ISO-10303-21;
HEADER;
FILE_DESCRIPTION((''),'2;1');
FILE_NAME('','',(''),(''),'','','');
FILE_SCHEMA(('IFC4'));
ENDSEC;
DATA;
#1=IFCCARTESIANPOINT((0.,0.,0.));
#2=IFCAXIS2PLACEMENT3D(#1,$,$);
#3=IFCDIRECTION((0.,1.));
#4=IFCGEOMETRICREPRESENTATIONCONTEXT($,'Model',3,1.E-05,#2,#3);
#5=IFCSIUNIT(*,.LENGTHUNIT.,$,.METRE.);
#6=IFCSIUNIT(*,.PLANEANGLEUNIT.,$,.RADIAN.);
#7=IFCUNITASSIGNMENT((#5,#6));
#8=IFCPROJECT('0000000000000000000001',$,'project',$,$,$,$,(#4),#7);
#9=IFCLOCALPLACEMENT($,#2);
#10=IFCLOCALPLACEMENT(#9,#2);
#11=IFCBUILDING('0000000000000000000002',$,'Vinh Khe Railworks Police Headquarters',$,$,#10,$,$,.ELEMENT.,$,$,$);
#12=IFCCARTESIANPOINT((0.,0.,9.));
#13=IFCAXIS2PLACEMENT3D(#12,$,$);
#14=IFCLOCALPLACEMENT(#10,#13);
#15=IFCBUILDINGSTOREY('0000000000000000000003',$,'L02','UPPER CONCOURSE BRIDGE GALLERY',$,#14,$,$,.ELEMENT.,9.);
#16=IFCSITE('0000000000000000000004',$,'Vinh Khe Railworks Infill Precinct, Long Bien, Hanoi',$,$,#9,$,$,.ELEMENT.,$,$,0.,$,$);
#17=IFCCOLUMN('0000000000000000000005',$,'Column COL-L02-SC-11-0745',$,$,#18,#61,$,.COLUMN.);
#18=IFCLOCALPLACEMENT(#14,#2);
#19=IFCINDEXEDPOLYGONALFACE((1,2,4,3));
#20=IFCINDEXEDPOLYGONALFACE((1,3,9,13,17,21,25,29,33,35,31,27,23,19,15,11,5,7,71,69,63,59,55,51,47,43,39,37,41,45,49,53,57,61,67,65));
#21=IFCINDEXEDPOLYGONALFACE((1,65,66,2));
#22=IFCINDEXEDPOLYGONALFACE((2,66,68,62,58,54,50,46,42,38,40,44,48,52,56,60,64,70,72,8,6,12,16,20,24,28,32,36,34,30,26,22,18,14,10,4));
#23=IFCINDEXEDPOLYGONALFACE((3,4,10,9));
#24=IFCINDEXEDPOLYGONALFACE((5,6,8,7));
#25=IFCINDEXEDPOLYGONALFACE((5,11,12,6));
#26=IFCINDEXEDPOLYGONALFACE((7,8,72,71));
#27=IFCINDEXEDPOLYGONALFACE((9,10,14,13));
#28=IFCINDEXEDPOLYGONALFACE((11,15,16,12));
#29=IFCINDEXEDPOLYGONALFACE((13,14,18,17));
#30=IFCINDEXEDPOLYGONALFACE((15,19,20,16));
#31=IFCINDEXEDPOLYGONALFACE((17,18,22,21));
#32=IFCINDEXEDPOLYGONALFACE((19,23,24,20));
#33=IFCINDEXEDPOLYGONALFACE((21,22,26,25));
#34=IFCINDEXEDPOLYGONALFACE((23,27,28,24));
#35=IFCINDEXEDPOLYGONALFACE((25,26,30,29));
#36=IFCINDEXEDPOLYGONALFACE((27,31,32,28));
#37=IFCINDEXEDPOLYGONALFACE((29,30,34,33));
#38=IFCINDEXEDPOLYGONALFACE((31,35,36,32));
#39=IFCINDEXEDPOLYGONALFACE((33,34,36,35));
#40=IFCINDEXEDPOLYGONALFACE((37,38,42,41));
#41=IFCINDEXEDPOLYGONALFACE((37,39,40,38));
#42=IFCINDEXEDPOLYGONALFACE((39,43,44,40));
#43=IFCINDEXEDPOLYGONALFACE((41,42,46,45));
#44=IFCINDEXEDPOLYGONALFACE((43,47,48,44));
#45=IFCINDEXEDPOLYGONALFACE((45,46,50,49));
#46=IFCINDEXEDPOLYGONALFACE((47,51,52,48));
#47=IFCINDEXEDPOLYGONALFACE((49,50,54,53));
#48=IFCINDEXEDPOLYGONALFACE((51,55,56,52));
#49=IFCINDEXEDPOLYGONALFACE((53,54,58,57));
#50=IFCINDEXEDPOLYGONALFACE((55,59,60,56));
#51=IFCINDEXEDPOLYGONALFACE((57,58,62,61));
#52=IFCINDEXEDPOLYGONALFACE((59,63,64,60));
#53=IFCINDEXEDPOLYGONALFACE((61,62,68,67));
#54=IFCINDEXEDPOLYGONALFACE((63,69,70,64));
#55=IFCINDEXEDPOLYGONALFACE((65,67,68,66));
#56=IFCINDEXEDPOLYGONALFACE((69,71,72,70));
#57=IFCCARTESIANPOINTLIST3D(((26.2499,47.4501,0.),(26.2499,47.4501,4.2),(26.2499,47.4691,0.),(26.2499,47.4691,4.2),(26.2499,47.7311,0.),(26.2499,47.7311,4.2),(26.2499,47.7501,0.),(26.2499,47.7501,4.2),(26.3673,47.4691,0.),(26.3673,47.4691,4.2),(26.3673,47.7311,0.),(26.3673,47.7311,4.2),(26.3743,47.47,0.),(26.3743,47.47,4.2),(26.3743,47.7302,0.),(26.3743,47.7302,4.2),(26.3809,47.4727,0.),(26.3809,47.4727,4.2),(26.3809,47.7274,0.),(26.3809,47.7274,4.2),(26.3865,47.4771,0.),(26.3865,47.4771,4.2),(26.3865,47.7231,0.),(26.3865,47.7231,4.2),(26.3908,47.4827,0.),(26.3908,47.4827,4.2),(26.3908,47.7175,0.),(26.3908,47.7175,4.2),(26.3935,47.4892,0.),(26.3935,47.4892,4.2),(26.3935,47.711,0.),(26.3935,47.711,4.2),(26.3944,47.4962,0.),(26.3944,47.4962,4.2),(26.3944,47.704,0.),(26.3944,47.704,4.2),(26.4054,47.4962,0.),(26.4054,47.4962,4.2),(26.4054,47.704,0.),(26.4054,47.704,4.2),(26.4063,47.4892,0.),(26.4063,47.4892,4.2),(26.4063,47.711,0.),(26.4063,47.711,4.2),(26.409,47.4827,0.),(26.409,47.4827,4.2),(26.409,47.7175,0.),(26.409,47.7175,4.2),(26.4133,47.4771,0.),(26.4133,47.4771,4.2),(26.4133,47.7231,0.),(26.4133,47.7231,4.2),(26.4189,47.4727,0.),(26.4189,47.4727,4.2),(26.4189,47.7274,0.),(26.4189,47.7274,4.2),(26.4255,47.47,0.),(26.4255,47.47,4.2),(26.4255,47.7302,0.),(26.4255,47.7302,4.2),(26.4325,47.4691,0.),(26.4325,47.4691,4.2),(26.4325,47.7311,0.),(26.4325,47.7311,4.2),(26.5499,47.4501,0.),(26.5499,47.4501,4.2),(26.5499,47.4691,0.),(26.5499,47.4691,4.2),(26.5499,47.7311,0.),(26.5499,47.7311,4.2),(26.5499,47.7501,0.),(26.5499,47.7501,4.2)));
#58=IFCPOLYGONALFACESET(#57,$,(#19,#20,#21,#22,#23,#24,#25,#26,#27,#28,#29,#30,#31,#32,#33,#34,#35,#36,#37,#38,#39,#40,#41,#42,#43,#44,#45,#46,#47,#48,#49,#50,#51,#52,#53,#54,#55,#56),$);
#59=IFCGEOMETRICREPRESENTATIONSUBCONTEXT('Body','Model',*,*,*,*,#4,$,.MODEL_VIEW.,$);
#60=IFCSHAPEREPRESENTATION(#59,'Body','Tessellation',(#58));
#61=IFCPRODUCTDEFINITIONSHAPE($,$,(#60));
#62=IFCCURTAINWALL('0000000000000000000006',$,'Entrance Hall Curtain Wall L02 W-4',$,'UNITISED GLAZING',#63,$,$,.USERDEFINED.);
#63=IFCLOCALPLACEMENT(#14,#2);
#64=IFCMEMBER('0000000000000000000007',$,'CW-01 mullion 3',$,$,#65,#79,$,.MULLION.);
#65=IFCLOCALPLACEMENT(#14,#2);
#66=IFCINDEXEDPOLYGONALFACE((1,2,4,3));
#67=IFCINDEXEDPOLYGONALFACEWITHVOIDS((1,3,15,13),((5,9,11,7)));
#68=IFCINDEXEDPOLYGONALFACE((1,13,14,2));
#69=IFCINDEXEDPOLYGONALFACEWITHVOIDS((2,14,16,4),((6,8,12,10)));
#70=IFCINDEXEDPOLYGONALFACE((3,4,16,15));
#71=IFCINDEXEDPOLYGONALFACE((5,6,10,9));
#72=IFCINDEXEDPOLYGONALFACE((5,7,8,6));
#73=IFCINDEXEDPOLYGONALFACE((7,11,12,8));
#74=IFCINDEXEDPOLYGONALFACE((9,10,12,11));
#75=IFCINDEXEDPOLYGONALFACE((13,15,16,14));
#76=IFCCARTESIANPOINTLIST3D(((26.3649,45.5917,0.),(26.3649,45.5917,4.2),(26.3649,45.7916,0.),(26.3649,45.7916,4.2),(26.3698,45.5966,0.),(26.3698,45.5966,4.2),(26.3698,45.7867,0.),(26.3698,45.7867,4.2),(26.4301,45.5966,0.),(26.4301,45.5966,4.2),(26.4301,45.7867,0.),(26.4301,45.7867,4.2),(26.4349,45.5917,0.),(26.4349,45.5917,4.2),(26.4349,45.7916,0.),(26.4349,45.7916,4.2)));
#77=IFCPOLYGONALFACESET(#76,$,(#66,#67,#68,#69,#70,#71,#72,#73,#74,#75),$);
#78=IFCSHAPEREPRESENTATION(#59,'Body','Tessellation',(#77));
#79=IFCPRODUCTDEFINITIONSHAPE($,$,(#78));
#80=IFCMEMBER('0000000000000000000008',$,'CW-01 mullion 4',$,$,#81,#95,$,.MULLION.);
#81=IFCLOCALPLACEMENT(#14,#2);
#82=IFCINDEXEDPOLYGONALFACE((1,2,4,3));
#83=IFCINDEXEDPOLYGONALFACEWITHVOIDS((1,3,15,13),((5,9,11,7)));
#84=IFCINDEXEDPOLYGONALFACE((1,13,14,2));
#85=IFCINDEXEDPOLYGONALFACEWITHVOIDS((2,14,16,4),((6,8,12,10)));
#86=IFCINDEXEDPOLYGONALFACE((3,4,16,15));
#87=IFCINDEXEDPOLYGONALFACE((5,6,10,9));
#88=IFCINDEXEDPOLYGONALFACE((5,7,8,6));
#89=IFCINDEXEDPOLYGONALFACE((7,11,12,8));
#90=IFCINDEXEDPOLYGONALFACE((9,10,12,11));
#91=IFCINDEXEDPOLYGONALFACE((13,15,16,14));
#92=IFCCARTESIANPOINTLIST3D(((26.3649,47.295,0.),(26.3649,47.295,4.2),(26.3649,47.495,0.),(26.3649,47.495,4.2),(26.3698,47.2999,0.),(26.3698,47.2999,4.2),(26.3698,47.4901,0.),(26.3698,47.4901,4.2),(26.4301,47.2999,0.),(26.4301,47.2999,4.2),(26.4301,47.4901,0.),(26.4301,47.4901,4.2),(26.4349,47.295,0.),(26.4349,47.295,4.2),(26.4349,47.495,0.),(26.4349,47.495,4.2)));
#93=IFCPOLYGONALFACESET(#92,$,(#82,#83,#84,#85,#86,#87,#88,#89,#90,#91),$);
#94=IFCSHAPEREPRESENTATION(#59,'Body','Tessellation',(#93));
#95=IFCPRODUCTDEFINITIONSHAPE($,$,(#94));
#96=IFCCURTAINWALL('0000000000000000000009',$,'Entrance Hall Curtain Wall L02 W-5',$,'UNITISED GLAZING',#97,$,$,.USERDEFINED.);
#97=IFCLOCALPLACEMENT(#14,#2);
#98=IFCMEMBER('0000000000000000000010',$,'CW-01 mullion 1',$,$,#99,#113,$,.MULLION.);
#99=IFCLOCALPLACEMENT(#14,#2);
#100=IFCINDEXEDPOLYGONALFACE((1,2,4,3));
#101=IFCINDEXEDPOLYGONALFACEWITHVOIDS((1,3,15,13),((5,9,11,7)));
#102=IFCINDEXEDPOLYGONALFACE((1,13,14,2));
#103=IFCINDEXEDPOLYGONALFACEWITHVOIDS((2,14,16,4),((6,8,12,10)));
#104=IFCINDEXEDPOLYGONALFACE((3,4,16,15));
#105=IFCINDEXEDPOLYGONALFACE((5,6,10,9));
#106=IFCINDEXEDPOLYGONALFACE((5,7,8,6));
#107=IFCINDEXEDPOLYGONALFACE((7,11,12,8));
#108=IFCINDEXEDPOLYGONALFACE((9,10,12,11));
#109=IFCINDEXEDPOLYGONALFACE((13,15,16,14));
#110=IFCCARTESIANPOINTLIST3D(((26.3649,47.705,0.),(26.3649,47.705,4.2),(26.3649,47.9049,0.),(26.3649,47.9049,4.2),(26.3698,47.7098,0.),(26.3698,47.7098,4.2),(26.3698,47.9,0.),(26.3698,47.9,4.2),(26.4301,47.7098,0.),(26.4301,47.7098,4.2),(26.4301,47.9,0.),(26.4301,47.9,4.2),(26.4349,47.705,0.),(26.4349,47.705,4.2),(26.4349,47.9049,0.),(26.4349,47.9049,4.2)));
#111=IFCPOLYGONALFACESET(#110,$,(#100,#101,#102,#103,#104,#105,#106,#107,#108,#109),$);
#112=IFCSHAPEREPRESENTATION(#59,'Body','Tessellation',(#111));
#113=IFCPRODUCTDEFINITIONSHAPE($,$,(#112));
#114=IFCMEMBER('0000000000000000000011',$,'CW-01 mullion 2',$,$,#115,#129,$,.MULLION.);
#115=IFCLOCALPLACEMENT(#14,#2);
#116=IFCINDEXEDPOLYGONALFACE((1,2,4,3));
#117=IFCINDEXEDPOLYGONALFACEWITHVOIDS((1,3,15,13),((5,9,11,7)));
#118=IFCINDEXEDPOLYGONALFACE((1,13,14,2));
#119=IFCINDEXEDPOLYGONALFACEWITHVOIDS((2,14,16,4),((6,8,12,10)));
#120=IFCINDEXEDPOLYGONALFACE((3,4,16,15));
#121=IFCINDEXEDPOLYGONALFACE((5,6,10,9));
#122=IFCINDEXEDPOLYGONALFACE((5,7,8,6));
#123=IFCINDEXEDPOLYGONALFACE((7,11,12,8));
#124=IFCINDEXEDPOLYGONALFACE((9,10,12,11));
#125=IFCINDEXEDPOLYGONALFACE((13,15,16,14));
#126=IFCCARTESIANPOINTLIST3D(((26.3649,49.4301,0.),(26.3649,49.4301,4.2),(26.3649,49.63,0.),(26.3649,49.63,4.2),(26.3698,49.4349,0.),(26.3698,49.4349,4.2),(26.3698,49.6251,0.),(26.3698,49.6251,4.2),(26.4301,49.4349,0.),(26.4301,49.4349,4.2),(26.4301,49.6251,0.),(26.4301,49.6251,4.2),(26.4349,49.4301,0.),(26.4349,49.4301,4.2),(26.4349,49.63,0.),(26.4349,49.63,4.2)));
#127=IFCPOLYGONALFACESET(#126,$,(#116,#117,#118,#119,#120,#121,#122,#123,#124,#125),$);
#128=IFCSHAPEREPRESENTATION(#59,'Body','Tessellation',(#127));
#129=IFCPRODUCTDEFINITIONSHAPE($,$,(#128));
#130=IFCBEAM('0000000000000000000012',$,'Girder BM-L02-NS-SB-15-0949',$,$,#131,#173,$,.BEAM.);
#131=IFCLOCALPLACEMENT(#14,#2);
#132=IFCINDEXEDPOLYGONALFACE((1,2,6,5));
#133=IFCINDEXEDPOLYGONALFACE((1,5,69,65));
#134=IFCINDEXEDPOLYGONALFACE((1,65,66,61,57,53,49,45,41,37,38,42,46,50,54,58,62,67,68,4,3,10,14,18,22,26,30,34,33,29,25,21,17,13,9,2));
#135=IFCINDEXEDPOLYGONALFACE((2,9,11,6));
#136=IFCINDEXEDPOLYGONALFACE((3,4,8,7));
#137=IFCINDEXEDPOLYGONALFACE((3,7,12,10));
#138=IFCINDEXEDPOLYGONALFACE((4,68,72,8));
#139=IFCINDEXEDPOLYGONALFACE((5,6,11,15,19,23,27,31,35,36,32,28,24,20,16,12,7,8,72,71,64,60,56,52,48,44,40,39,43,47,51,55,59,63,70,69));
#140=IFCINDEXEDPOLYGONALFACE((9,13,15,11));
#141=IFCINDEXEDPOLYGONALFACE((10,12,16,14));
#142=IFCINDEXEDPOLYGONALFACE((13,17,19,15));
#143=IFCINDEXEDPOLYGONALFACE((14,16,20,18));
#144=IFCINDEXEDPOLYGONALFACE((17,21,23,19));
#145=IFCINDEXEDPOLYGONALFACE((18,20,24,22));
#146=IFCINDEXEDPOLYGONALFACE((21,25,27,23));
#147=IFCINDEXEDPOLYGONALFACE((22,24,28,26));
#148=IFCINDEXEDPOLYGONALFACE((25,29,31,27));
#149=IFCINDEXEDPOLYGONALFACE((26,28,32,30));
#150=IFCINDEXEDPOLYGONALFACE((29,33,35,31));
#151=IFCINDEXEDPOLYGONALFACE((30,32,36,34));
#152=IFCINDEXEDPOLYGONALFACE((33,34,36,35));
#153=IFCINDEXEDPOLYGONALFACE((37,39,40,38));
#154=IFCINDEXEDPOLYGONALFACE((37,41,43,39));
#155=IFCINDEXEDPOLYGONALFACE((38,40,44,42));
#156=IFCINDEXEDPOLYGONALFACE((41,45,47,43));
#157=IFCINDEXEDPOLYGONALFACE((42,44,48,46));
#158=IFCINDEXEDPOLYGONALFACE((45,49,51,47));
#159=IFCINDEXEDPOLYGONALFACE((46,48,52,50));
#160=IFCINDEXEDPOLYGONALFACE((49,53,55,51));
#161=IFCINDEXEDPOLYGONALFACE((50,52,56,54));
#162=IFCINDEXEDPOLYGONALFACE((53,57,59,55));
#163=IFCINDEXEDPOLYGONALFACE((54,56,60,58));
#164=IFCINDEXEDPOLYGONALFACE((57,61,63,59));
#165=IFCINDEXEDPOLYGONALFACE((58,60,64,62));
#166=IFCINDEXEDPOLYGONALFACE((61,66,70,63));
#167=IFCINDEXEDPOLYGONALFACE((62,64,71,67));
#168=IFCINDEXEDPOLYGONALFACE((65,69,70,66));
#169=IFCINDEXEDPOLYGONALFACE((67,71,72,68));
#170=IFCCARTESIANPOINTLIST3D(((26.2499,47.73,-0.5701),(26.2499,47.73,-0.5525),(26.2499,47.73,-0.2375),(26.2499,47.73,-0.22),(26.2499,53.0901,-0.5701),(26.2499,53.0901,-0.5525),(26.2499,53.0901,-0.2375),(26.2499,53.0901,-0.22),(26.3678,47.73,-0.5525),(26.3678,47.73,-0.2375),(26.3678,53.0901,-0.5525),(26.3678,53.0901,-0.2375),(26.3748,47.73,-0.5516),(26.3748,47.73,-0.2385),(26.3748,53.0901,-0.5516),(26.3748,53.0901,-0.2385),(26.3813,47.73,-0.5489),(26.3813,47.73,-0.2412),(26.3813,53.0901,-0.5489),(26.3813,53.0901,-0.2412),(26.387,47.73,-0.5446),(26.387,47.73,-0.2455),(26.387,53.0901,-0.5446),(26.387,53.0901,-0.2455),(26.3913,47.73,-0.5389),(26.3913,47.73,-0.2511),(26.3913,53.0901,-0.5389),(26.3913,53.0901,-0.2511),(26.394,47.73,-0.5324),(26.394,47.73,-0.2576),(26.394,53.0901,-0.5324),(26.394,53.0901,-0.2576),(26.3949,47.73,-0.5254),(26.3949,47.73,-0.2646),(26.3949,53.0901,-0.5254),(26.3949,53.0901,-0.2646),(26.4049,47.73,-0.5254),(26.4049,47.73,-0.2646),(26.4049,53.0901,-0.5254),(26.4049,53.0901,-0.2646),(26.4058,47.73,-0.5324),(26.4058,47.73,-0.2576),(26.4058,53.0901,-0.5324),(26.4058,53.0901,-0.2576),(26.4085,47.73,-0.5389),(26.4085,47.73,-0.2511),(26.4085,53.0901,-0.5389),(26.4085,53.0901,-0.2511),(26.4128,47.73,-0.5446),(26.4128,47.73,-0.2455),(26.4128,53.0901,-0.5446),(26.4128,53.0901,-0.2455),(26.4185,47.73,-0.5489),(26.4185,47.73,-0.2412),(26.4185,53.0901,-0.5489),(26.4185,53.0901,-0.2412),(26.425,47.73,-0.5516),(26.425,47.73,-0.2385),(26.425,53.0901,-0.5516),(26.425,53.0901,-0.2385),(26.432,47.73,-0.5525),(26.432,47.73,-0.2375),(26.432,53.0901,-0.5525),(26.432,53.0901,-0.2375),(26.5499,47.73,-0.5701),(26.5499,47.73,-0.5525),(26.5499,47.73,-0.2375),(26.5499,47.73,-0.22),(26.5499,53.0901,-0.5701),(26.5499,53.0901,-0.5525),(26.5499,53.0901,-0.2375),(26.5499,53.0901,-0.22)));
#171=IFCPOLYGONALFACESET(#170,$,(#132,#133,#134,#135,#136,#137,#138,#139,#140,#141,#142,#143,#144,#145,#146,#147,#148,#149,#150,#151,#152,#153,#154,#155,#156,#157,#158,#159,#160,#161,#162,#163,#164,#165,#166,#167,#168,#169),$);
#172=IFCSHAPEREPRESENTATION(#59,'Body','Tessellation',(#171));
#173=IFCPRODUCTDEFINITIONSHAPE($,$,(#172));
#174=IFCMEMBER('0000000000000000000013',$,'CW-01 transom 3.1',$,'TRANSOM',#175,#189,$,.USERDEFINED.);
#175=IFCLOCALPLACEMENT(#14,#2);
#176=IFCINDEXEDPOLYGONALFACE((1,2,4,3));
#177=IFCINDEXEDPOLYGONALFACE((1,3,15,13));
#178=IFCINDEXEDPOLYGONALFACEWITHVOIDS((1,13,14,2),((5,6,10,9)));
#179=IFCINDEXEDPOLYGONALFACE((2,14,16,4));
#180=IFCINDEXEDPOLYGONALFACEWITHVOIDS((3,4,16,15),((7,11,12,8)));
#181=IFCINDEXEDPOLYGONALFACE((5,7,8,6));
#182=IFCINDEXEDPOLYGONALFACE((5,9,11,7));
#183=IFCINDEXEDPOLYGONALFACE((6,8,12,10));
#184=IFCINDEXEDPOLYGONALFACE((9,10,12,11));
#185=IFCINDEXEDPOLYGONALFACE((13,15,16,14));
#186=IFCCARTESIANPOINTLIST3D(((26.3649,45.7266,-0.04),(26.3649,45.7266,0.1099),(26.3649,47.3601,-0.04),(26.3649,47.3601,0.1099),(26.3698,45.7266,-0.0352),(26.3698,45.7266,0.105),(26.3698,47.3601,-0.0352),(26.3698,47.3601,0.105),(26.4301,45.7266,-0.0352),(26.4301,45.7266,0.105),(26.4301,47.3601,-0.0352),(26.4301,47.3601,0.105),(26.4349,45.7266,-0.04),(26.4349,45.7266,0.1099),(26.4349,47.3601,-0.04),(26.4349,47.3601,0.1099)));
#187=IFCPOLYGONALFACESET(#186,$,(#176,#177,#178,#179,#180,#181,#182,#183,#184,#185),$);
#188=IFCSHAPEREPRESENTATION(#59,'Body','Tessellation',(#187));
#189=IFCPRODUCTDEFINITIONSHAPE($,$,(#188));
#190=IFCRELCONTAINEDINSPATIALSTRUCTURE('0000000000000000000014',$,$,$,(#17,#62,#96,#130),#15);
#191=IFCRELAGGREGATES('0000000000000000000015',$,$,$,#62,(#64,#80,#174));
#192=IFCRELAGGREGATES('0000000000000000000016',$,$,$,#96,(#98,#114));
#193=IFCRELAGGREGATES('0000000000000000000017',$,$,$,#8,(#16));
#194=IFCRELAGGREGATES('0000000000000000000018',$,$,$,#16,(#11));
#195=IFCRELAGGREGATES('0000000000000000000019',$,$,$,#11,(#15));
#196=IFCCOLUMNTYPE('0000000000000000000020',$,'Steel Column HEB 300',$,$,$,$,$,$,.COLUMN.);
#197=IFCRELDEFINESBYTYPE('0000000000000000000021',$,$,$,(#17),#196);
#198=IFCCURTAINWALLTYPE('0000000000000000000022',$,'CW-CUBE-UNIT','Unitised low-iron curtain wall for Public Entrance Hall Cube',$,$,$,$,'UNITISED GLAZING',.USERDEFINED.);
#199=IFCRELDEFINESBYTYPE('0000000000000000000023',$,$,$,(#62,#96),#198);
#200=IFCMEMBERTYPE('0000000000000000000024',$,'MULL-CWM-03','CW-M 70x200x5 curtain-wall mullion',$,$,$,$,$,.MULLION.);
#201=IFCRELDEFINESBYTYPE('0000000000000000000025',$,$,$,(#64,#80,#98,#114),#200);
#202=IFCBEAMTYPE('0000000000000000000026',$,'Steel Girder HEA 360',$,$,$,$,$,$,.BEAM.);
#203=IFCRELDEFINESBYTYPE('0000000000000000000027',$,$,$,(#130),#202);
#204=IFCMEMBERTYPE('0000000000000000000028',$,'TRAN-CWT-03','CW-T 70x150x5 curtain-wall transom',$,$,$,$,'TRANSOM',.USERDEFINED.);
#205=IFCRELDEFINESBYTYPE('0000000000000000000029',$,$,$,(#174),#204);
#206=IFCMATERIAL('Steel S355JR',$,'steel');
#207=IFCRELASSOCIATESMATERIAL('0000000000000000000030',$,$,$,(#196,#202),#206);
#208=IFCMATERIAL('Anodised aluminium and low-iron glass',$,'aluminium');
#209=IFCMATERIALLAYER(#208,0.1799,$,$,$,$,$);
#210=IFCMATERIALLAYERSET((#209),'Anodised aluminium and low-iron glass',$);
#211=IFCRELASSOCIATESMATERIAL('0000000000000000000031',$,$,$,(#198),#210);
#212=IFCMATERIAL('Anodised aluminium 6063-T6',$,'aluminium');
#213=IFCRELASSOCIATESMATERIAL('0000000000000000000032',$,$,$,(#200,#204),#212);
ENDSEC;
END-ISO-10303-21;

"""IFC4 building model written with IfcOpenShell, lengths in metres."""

from ifc_helpers import new_model, si_unit, direction, frame, origin, origin_2d, place, context, subcontext, project, spatial, hollow_rectangle, i_section, extrude, material, layer, layer_set, material_profile, profile_set, type_object, element, aggregate, save


model = new_model("IFC4")

# Units and contexts
model_context = context("Model", 3, precision=1e-05, world=origin(), true_north=direction((0.0, 1.0)))
body_context = subcontext(model_context, "Body", "Model", "MODEL_VIEW")
ifc_project = project(units=[si_unit("LENGTHUNIT", "METRE"), si_unit("PLANEANGLEUNIT", "RADIAN")], contexts=[model_context])

# Site, building, storey
site_placement = place(None, origin())
site = spatial("IfcSite", under=ifc_project, at=site_placement, Name="Vinh Khe Railworks Infill Precinct, Long Bien, Hanoi", CompositionType="ELEMENT", RefElevation=0.0)
building_placement = place(site_placement, origin())
building = spatial("IfcBuilding", under=site, at=building_placement, Name="Vinh Khe Railworks Police Headquarters", CompositionType="ELEMENT")
storey_placement = place(building_placement, frame((0.0, 0.0, 9.0)))
storey = spatial("IfcBuildingStorey", under=building, at=storey_placement, Name="L02", Description="UPPER CONCOURSE BRIDGE GALLERY", CompositionType="ELEMENT", Elevation=9.0)

# Column
ifc_material_1 = material(Name="Steel S355JR", Category="steel")
ifc_material_profile_1 = material_profile(ifc_material_1, i_section(OverallWidth=0.3, OverallDepth=0.3, WebThickness=0.011, FlangeThickness=0.019, FilletRadius=0.0271, at=origin_2d()), Name="HEB 300")
ifc_profile_set_1 = profile_set([ifc_material_profile_1], Name="Steel S355JR")
column_type = type_object("IfcColumnType", Name="Steel Column HEB 300", PredefinedType="COLUMN", material=ifc_profile_set_1)
column_placement = place(storey_placement, frame((26.3999, 47.6001, 0.0), z_axis=(0.0, 0.0, 1.0), x_axis=(1.0, 0.0, 0.0)))
element("IfcColumn", 1, at=column_placement, inside=storey, type_object=column_type, Name="Column COL-L02-SC-11-0745", PredefinedType="COLUMN", context=body_context, shape_type="SweptSolid", body=[
    extrude(i_section(OverallWidth=0.3, OverallDepth=0.3, WebThickness=0.011, FlangeThickness=0.019, FilletRadius=0.0271, at=origin_2d()), origin(), (0.0, 0.0, 1.0), 4.2),
])

# Curtain walls, members
ifc_material_2 = material(Name="Anodised aluminium and low-iron glass", Category="aluminium")
ifc_layer_1 = layer(ifc_material_2, 0.1799)
ifc_layer_set_1 = layer_set([ifc_layer_1], Name="Anodised aluminium and low-iron glass")
curtain_wall_type = type_object("IfcCurtainWallType", Name="CW-CUBE-UNIT", Description="Unitised low-iron curtain wall for Public Entrance Hall Cube", ElementType="UNITISED GLAZING", PredefinedType="USERDEFINED", material=ifc_layer_set_1)
curtain_wall_1_placement = place(storey_placement, origin())
curtain_wall_1 = element("IfcCurtainWall", 2, at=curtain_wall_1_placement, inside=storey, type_object=curtain_wall_type, Name="Entrance Hall Curtain Wall L02 W-4", ObjectType="UNITISED GLAZING", PredefinedType="USERDEFINED")
ifc_material_3 = material(Name="Anodised aluminium 6063-T6", Category="aluminium")
ifc_material_profile_2 = material_profile(ifc_material_3, hollow_rectangle(XDim=0.0701, YDim=0.2, WallThickness=0.0049, at=origin_2d()), Name="CW-M 70x200x5")
ifc_profile_set_2 = profile_set([ifc_material_profile_2], Name="Anodised aluminium 6063-T6")
member_type_1 = type_object("IfcMemberType", Name="MULL-CWM-03", Description="CW-M 70x200x5 curtain-wall mullion", PredefinedType="MULLION", material=ifc_profile_set_2)
member_1_placement = place(storey_placement, frame((26.3999, 45.6917, 0.0), z_axis=(0.0, 0.0, 1.0), x_axis=(-1.0, 0.0, 0.0)))
member_1 = element("IfcMember", 3, at=member_1_placement, type_object=member_type_1, Name="CW-01 mullion 3", PredefinedType="MULLION", context=body_context, shape_type="SweptSolid", body=[
    extrude(hollow_rectangle(XDim=0.0701, YDim=0.2, WallThickness=0.0049, at=origin_2d()), origin(), (0.0, 0.0, 1.0), 4.2),
])
member_2_placement = place(storey_placement, frame((26.3999, 47.395, 0.0), z_axis=(0.0, 0.0, 1.0), x_axis=(-1.0, 0.0, 0.0)))
member_2 = element("IfcMember", 4, at=member_2_placement, type_object=member_type_1, Name="CW-01 mullion 4", PredefinedType="MULLION", context=body_context, shape_type="SweptSolid", body=[
    extrude(hollow_rectangle(XDim=0.0701, YDim=0.2, WallThickness=0.0049, at=origin_2d()), origin(), (0.0, 0.0, 1.0), 4.2),
])
curtain_wall_2_placement = place(storey_placement, origin())
curtain_wall_2 = element("IfcCurtainWall", 5, at=curtain_wall_2_placement, inside=storey, type_object=curtain_wall_type, Name="Entrance Hall Curtain Wall L02 W-5", ObjectType="UNITISED GLAZING", PredefinedType="USERDEFINED")
member_3_placement = place(storey_placement, frame((26.3999, 47.8049, 0.0), z_axis=(0.0, 0.0, 1.0), x_axis=(-1.0, 0.0, 0.0)))
member_3 = element("IfcMember", 6, at=member_3_placement, type_object=member_type_1, Name="CW-01 mullion 1", PredefinedType="MULLION", context=body_context, shape_type="SweptSolid", body=[
    extrude(hollow_rectangle(XDim=0.0701, YDim=0.2, WallThickness=0.0049, at=origin_2d()), origin(), (0.0, 0.0, 1.0), 4.2),
])
member_4_placement = place(storey_placement, frame((26.3999, 49.53, 0.0), z_axis=(0.0, 0.0, 1.0), x_axis=(-1.0, 0.0, 0.0)))
member_4 = element("IfcMember", 7, at=member_4_placement, type_object=member_type_1, Name="CW-01 mullion 2", PredefinedType="MULLION", context=body_context, shape_type="SweptSolid", body=[
    extrude(hollow_rectangle(XDim=0.0701, YDim=0.2, WallThickness=0.0049, at=origin_2d()), origin(), (0.0, 0.0, 1.0), 4.2),
])

# Beam
ifc_material_profile_3 = material_profile(ifc_material_1, i_section(OverallWidth=0.3, OverallDepth=0.3501, WebThickness=0.01, FlangeThickness=0.0176, FilletRadius=0.0271, at=origin_2d()), Name="HEA 360")
ifc_profile_set_3 = profile_set([ifc_material_profile_3], Name="Steel S355JR")
beam_type = type_object("IfcBeamType", Name="Steel Girder HEA 360", PredefinedType="BEAM", material=ifc_profile_set_3)
beam_placement = place(storey_placement, frame((26.3999, 47.73, -0.395), z_axis=(0.0, 1.0, 0.0), x_axis=(-1.0, 0.0, 0.0)))
element("IfcBeam", 8, at=beam_placement, inside=storey, type_object=beam_type, Name="Girder BM-L02-NS-SB-15-0949", PredefinedType="BEAM", context=body_context, shape_type="SweptSolid", body=[
    extrude(i_section(OverallWidth=0.3, OverallDepth=0.3501, WebThickness=0.01, FlangeThickness=0.0176, FilletRadius=0.0271, at=origin_2d()), origin(), (0.0, 0.0, 1.0), 5.3601),
])

# Member
ifc_material_profile_4 = material_profile(ifc_material_3, hollow_rectangle(XDim=0.0701, YDim=0.1499, WallThickness=0.0049, at=origin_2d()), Name="CW-T 70x150x5")
ifc_profile_set_4 = profile_set([ifc_material_profile_4], Name="Anodised aluminium 6063-T6")
member_type_2 = type_object("IfcMemberType", Name="TRAN-CWT-03", Description="CW-T 70x150x5 curtain-wall transom", ElementType="TRANSOM", PredefinedType="USERDEFINED", material=ifc_profile_set_4)
member_5_placement = place(storey_placement, frame((26.3999, 45.7266, 0.0349), z_axis=(0.0, 1.0, 0.0), x_axis=(-1.0, 0.0, 0.0)))
member_5 = element("IfcMember", 9, at=member_5_placement, type_object=member_type_2, Name="CW-01 transom 3.1", ObjectType="TRANSOM", PredefinedType="USERDEFINED", context=body_context, shape_type="SweptSolid", body=[
    extrude(hollow_rectangle(XDim=0.0701, YDim=0.1499, WallThickness=0.0049, at=origin_2d()), origin(), (0.0, 0.0, 1.0), 1.6335),
])

aggregate(curtain_wall_1, [member_1, member_2, member_5])
aggregate(curtain_wall_2, [member_3, member_4])

save(model, "model.ifc")
